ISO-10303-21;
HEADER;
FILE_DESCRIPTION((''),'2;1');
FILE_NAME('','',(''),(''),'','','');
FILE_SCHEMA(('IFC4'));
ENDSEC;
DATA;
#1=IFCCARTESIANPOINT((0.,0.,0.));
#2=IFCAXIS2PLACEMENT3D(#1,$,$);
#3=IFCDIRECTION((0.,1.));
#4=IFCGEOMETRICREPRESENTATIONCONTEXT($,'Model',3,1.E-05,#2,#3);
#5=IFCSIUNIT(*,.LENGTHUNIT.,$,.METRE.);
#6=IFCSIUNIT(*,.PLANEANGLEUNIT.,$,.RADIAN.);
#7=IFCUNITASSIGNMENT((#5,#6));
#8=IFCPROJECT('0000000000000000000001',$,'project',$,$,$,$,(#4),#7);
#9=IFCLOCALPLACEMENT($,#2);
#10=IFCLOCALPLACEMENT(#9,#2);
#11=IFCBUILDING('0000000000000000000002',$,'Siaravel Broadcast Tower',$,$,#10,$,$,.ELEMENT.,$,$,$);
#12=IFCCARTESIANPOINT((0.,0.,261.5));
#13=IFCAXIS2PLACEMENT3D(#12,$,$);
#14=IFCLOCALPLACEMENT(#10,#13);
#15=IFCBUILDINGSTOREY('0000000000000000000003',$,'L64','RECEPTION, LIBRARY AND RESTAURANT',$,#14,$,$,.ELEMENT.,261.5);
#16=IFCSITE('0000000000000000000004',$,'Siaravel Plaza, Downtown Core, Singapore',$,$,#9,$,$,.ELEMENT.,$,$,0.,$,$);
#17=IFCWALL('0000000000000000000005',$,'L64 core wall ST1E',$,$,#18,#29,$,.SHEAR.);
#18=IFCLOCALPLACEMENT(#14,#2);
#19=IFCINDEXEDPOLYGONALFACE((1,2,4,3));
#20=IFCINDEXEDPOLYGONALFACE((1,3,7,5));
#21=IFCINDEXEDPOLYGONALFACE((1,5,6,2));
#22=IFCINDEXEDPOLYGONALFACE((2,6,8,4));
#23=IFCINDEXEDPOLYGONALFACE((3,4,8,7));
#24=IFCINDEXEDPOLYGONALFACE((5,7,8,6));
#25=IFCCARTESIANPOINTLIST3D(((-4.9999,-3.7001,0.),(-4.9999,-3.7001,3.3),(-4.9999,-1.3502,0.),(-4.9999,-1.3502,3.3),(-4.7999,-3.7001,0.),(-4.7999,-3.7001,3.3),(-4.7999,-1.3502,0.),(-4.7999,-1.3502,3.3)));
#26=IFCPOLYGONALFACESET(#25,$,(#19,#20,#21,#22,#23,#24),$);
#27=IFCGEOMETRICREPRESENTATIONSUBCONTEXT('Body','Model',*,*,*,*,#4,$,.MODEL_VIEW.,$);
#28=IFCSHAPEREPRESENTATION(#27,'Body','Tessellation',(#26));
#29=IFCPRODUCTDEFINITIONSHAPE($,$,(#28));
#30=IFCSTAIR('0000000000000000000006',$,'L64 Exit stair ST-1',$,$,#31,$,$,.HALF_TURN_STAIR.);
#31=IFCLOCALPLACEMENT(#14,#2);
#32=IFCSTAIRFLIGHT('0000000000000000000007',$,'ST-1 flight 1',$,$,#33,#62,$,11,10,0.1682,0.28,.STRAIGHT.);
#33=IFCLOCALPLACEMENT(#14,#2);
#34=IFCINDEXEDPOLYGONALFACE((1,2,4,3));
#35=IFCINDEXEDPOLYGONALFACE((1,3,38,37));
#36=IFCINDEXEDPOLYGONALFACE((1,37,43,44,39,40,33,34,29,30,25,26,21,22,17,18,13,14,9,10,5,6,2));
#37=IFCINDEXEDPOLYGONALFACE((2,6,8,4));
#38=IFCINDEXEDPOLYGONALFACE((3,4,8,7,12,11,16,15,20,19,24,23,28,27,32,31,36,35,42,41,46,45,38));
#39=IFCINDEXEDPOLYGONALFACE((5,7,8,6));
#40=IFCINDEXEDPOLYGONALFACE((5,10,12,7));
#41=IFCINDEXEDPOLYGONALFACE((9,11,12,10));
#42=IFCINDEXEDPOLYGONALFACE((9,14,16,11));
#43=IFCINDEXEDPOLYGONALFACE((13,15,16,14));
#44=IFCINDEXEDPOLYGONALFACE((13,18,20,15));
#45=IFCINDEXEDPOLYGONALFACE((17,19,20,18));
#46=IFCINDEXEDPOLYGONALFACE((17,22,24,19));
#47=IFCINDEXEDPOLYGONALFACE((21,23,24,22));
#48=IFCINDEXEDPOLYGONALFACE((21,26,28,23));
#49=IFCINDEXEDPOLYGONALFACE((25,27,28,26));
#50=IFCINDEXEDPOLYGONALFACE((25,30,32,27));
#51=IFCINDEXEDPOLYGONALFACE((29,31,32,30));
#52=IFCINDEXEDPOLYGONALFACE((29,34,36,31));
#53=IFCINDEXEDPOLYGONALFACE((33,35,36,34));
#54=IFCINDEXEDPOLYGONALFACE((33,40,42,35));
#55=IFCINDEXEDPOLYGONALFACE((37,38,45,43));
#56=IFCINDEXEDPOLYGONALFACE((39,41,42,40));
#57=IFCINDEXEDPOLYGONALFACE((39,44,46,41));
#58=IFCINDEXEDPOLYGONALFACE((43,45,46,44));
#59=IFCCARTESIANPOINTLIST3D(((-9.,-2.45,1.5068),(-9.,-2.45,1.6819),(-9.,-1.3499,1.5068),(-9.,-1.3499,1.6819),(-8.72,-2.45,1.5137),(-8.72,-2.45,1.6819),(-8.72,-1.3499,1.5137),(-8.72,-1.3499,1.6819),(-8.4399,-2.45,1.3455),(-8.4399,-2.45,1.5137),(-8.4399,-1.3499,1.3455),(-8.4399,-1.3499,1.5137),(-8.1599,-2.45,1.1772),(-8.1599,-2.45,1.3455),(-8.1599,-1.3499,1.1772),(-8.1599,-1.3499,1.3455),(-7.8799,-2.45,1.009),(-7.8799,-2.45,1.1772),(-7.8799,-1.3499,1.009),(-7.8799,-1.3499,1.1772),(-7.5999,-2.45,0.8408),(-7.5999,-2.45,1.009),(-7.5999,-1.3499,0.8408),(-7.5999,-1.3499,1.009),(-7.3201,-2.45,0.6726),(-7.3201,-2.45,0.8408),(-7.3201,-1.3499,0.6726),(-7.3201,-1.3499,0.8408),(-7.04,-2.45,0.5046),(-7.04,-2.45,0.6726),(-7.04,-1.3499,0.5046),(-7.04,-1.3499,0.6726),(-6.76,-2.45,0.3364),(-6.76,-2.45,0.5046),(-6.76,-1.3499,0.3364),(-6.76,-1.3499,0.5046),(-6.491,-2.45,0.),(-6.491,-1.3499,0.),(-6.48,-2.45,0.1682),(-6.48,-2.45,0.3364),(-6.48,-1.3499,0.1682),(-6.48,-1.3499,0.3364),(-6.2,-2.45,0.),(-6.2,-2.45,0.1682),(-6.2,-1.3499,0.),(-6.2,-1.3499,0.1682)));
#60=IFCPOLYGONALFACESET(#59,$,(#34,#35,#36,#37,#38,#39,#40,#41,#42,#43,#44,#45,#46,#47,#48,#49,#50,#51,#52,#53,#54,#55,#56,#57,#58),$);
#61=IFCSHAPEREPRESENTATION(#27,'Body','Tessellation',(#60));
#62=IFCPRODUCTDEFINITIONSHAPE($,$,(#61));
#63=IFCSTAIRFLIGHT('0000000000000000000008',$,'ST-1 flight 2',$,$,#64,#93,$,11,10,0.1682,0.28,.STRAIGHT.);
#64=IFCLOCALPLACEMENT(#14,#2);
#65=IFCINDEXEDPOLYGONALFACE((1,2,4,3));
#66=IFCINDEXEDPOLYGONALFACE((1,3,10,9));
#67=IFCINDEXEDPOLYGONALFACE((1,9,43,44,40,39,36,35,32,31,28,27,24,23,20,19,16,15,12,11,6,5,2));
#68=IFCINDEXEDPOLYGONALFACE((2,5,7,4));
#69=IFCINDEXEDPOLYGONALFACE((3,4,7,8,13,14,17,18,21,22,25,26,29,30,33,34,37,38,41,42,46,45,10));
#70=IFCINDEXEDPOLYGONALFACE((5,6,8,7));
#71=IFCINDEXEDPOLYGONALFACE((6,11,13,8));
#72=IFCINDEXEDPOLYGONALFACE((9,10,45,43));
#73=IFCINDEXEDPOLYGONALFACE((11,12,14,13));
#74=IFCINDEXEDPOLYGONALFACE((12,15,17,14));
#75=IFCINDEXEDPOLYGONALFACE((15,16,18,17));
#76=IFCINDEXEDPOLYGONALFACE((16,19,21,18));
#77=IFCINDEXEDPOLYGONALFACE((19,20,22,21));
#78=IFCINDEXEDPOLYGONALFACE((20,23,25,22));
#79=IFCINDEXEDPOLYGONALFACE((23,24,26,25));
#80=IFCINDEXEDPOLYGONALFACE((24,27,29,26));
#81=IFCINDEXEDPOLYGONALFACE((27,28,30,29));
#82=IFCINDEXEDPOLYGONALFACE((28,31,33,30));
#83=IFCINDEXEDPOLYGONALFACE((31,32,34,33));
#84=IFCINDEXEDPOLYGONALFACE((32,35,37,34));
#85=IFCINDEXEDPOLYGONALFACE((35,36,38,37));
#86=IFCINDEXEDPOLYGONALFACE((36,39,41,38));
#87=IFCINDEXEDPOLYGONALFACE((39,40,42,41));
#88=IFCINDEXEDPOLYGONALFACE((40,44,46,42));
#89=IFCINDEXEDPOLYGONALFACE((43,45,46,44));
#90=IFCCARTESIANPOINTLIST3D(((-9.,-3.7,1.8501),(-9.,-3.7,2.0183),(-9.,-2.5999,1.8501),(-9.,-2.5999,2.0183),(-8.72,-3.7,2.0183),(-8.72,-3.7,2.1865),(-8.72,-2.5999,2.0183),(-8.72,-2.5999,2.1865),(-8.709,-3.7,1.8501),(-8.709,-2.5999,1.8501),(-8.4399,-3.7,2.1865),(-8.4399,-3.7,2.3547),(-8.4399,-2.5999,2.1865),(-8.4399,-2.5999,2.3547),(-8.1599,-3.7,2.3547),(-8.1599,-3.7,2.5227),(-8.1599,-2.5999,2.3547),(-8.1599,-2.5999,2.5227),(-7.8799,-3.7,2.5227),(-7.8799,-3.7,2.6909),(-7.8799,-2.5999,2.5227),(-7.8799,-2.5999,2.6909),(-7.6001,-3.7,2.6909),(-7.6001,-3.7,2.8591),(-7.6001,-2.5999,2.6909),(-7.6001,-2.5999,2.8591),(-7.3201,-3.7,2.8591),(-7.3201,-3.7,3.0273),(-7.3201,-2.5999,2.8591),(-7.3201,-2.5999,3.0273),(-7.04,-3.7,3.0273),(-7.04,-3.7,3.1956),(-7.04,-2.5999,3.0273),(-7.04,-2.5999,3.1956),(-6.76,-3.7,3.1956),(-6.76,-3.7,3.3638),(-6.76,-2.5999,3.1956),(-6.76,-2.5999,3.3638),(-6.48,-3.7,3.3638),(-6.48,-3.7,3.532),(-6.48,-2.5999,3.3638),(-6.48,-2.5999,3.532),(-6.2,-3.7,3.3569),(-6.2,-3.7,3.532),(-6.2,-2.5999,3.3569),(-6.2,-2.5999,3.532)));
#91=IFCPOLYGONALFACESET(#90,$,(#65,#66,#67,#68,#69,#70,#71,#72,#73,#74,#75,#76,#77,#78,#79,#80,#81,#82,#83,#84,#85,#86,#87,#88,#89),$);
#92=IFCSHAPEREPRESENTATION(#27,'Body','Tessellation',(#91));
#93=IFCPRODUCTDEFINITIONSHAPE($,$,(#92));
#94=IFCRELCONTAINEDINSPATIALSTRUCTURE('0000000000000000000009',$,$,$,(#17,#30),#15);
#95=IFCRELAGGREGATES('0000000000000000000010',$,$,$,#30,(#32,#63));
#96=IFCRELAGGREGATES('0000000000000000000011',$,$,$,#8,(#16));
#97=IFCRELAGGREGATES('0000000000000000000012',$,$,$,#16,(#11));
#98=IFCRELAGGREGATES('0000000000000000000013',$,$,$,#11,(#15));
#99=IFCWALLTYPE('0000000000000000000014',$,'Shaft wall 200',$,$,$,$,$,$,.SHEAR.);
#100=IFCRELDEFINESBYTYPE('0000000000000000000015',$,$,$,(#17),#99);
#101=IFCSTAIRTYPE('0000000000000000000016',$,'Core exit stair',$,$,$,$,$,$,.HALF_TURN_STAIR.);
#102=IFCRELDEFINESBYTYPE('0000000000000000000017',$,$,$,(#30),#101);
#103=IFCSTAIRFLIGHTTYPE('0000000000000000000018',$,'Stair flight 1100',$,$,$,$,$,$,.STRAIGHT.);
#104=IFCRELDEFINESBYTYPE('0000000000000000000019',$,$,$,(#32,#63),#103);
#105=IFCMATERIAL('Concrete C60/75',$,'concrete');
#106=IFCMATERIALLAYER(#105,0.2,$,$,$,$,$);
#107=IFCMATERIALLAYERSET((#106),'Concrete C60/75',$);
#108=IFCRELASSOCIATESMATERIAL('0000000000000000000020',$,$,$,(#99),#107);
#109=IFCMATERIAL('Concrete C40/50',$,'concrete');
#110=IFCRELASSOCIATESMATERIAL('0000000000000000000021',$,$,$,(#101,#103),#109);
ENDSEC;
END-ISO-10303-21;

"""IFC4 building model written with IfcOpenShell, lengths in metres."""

from ifc_helpers import new_model, si_unit, direction, frame, frame_2d, origin, place, context, subcontext, project, spatial, polyline, rectangle, outline, extrude, material, layer, layer_set, type_object, element, aggregate, save


model = new_model("IFC4")

# Units and contexts
model_context = context("Model", 3, precision=1e-05, world=origin(), true_north=direction((0.0, 1.0)))
body_context = subcontext(model_context, "Body", "Model", "MODEL_VIEW")
ifc_project = project(units=[si_unit("LENGTHUNIT", "METRE"), si_unit("PLANEANGLEUNIT", "RADIAN")], contexts=[model_context])

# Site, building, storey
site_placement = place(None, origin())
site = spatial("IfcSite", under=ifc_project, at=site_placement, Name="Siaravel Plaza, Downtown Core, Singapore", CompositionType="ELEMENT", RefElevation=0.0)
building_placement = place(site_placement, origin())
building = spatial("IfcBuilding", under=site, at=building_placement, Name="Siaravel Broadcast Tower", CompositionType="ELEMENT")
storey_placement = place(building_placement, frame((0.0, 0.0, 261.5)))
storey = spatial("IfcBuildingStorey", under=building, at=storey_placement, Name="L64", Description="RECEPTION, LIBRARY AND RESTAURANT", CompositionType="ELEMENT", Elevation=261.5)

# Shared definitions
ifc_material_1 = material(Name="Concrete C60/75", Category="concrete")

# Shared definitions
ifc_layer_1 = layer(ifc_material_1, 0.2)
ifc_layer_set_1 = layer_set([ifc_layer_1], Name="Concrete C60/75")
wall_type_1 = type_object("IfcWallType", Name="Shaft wall 200", PredefinedType="SHEAR", material=ifc_layer_set_1)

# Wall
wall_1_placement = place(storey_placement, frame((-4.8999, -3.7, 0.0), z_axis=(0.0, 0.0, 1.0), x_axis=(0.0, 1.0, 0.0)))
element("IfcWall", 1, at=wall_1_placement, inside=storey, type_object=wall_type_1, Name="L64 core wall ST1E", PredefinedType="SHEAR", context=body_context, shape_type="SweptSolid", body=[
    extrude(rectangle(XDim=2.3499, YDim=0.2, at=frame_2d((1.1748, 0.0))), origin(), (0.0, 0.0, 1.0), 3.3),
])

# Stair, stair flights
ifc_material_2 = material(Name="Concrete C40/50", Category="concrete")
stair_type = type_object("IfcStairType", Name="Core exit stair", PredefinedType="HALF_TURN_STAIR", material=ifc_material_2)
stair_placement = place(storey_placement, origin())
stair = element("IfcStair", 2, at=stair_placement, inside=storey, type_object=stair_type, Name="L64 Exit stair ST-1", PredefinedType="HALF_TURN_STAIR")
stair_flight_type = type_object("IfcStairFlightType", Name="Stair flight 1100", PredefinedType="STRAIGHT", material=ifc_material_2)
stair_flight_1_placement = place(storey_placement, frame((-6.2, -1.8999, 0.0), z_axis=(0.0, 0.0, 1.0), x_axis=(-1.0, 0.0, 0.0)))
stair_flight_1 = element("IfcStairFlight", 3, at=stair_flight_1_placement, type_object=stair_flight_type, Name="ST-1 flight 1", NumberOfRisers=11, NumberOfTreads=10, PredefinedType="STRAIGHT", RiserHeight=0.1682, TreadLength=0.28, context=body_context, shape_type="SweptSolid", body=[
    extrude(outline(polyline([(0.0, 0.0), (0.0, 0.1682), (0.28, 0.1682), (0.28, 0.3364), (0.5601, 0.3364), (0.5601, 0.5046), (0.8401, 0.5046), (0.8401, 0.6726), (1.1201, 0.6726), (1.1201, 0.8408), (1.3999, 0.8408), (1.3999, 1.009), (1.6799, 1.009), (1.6799, 1.1772), (1.96, 1.1772), (1.96, 1.3455), (2.24, 1.3455), (2.24, 1.5137), (2.52, 1.5137), (2.52, 1.6819), (2.8, 1.6819), (2.8, 1.8501), (2.8, 1.5068), (0.291, 0.0), (0.0, 0.0)])), frame((0.0, 0.55, 0.0), z_axis=(0.0, -1.0, 0.0), x_axis=(1.0, 0.0, 0.0)), (0.0, 0.0, 1.0), 1.1001),
])
stair_flight_2_placement = place(storey_placement, frame((-9.0, -3.1499, 1.8501), z_axis=(0.0, 0.0, 1.0), x_axis=(1.0, 0.0, 0.0)))
stair_flight_2 = element("IfcStairFlight", 4, at=stair_flight_2_placement, type_object=stair_flight_type, Name="ST-1 flight 2", NumberOfRisers=11, NumberOfTreads=10, PredefinedType="STRAIGHT", RiserHeight=0.1682, TreadLength=0.28, context=body_context, shape_type="SweptSolid", body=[
    extrude(outline(polyline([(0.0, 0.0), (0.0, 0.1682), (0.28, 0.1682), (0.28, 0.3364), (0.5601, 0.3364), (0.5601, 0.5046), (0.8401, 0.5046), (0.8401, 0.6726), (1.1201, 0.6726), (1.1201, 0.8408), (1.3999, 0.8408), (1.3999, 1.009), (1.6799, 1.009), (1.6799, 1.1772), (1.96, 1.1772), (1.96, 1.3455), (2.24, 1.3455), (2.24, 1.5137), (2.52, 1.5137), (2.52, 1.6819), (2.8, 1.6819), (2.8, 1.8501), (2.8, 1.5068), (0.291, 0.0), (0.0, 0.0)])), frame((0.0, 0.55, 0.0), z_axis=(0.0, -1.0, 0.0), x_axis=(1.0, 0.0, 0.0)), (0.0, 0.0, 1.0), 1.1001),
])
aggregate(stair, [stair_flight_1, stair_flight_2])

save(model, "model.ifc")
